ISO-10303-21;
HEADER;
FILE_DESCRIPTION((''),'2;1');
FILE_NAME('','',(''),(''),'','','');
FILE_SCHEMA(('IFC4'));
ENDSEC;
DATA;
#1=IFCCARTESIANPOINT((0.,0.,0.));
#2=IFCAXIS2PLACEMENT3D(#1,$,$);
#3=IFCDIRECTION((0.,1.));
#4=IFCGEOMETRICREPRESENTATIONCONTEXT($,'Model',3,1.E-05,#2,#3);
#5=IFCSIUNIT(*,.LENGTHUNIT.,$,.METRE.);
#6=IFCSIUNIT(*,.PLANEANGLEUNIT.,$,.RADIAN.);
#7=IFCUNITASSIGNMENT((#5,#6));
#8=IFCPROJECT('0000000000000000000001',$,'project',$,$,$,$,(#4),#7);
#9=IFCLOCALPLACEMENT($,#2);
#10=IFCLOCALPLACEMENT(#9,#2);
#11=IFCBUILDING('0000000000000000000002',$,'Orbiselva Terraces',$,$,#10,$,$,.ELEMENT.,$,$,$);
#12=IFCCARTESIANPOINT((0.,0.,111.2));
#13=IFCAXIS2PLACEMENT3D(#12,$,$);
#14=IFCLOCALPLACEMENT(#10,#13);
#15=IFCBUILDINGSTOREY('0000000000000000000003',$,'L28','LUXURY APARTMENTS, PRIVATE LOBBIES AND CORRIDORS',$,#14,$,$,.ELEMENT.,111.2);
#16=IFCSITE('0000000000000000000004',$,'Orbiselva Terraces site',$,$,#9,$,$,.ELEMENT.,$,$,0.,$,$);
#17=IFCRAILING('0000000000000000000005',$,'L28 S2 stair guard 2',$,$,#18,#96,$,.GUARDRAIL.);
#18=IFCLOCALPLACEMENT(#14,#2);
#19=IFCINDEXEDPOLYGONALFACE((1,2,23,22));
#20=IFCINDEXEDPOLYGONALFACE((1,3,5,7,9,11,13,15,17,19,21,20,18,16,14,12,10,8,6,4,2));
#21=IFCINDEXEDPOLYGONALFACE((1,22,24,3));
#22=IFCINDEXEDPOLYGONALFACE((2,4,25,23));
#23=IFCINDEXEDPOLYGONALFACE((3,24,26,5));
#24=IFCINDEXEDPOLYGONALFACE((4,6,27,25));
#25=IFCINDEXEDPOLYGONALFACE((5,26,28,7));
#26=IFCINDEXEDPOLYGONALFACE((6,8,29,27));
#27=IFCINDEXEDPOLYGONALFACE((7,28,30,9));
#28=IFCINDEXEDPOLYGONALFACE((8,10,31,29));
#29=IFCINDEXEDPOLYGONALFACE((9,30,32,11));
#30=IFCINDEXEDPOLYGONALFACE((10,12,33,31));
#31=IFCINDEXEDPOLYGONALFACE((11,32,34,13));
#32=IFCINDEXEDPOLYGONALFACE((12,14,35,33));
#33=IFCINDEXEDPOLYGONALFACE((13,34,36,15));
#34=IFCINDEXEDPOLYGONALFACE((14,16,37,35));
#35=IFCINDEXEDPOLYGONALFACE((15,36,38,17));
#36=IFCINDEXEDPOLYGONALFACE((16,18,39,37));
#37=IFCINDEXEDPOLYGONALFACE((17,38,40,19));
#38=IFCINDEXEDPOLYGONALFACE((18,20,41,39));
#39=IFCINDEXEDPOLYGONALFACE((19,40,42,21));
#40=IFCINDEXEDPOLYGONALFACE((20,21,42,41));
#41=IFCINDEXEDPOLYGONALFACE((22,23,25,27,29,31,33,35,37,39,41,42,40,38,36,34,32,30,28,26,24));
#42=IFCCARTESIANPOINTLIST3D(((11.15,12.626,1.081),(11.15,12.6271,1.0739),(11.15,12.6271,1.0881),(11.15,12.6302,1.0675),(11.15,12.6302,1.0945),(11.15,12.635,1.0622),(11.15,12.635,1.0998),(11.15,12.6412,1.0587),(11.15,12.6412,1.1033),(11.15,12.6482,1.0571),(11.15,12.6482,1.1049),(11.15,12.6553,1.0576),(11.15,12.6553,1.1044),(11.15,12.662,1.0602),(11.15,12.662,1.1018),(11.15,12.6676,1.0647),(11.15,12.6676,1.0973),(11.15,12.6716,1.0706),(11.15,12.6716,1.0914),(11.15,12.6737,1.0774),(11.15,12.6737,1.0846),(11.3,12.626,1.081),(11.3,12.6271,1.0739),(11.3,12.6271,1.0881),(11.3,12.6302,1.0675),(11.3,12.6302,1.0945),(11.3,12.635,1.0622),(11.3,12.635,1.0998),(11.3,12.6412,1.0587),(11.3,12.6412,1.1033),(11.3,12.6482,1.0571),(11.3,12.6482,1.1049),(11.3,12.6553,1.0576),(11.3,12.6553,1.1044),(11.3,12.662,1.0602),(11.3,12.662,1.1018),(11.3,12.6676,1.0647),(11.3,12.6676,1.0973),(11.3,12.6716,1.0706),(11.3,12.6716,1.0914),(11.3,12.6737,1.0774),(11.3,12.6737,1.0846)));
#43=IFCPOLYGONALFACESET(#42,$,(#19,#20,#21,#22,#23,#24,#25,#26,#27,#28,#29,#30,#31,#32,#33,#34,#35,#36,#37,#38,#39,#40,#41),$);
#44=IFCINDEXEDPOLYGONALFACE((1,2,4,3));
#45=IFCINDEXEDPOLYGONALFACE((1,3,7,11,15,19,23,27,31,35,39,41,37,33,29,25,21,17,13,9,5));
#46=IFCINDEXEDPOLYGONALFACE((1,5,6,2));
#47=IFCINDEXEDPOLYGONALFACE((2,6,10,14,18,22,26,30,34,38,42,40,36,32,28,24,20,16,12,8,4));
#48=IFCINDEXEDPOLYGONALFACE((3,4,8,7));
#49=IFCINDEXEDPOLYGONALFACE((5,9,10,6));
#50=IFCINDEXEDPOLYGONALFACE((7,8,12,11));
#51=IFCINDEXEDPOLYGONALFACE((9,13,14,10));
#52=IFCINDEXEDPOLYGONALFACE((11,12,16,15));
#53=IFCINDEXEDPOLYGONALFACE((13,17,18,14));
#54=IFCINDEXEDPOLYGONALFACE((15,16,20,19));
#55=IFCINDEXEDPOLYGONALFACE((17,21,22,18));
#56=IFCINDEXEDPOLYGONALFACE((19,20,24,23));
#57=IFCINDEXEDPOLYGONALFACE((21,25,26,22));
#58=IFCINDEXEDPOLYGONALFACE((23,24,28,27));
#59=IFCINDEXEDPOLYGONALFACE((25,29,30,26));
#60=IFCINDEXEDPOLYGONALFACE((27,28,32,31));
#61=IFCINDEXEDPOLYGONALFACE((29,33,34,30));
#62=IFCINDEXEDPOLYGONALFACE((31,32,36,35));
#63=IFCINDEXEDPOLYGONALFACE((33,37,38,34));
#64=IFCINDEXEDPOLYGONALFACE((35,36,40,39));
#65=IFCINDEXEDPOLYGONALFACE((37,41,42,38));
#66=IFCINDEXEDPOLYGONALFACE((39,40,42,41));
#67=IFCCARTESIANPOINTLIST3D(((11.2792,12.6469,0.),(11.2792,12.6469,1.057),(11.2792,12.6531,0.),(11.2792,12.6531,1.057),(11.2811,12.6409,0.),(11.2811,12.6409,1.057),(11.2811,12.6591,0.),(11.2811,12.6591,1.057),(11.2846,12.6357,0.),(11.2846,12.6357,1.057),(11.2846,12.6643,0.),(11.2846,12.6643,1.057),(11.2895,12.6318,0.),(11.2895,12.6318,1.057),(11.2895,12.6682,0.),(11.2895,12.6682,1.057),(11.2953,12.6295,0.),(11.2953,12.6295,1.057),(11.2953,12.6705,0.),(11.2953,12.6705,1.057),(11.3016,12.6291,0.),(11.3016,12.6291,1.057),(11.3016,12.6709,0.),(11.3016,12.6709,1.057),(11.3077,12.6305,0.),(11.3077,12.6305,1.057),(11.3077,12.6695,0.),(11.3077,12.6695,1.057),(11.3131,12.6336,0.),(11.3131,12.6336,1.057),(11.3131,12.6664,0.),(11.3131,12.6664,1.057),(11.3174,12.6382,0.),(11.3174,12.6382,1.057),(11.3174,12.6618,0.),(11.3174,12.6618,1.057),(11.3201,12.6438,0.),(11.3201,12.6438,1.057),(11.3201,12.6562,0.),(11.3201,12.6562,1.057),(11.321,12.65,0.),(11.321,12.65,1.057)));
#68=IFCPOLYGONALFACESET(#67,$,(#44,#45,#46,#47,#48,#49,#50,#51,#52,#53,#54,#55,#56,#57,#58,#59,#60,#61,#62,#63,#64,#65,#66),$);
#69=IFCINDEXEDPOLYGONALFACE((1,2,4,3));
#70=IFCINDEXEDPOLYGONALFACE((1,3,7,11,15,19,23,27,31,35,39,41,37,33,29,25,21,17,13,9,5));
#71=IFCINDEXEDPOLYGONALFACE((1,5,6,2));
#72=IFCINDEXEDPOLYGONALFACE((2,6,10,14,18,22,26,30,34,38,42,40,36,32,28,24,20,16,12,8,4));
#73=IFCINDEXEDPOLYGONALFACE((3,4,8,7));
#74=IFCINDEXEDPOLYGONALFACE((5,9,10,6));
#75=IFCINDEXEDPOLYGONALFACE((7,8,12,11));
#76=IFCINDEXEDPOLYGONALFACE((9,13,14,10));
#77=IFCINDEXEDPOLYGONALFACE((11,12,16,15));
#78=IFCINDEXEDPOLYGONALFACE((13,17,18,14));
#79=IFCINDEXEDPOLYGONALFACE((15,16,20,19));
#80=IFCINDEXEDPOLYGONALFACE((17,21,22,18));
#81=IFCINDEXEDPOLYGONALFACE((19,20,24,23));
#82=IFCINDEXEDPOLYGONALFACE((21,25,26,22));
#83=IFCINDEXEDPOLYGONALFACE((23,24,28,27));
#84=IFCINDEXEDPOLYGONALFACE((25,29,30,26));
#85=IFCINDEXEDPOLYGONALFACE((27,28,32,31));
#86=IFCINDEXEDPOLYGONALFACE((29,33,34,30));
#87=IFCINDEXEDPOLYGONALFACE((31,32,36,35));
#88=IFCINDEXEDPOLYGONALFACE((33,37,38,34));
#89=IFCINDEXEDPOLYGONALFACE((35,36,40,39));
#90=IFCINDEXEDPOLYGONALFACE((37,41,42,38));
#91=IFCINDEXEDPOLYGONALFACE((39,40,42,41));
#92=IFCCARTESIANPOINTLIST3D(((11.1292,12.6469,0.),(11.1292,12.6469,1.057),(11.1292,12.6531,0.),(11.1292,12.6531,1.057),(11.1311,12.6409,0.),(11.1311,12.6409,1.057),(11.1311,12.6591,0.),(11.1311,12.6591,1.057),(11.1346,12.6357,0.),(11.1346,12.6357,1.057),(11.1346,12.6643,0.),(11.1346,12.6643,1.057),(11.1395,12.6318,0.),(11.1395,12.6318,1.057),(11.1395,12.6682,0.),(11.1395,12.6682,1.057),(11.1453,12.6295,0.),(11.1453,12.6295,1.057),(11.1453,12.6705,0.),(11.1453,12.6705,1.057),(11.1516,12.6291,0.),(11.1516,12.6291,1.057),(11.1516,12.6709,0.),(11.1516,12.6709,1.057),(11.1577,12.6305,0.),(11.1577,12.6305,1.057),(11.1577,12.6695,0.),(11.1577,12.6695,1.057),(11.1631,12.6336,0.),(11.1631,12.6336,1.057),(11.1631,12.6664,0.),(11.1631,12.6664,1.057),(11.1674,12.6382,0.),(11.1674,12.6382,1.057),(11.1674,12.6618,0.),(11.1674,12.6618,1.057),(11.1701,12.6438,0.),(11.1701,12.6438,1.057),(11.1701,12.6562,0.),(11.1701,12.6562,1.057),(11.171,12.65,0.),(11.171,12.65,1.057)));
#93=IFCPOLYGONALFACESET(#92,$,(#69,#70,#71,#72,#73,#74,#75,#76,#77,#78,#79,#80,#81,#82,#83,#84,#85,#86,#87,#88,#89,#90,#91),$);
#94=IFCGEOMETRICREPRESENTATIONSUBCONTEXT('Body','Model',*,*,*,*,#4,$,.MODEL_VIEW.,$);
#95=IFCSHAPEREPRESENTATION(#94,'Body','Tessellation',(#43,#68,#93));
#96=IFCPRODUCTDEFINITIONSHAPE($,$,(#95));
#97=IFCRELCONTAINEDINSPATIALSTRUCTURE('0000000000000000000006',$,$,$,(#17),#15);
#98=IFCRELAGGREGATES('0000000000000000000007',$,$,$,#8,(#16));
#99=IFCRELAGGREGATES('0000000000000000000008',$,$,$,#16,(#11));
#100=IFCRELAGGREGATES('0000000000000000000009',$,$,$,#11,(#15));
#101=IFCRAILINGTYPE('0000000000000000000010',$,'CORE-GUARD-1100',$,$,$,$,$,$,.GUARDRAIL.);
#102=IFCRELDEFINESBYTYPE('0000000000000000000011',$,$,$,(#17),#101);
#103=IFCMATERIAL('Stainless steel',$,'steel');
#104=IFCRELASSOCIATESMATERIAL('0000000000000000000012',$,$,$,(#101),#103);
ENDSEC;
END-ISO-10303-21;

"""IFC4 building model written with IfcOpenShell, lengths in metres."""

from ifc_helpers import new_model, si_unit, direction, frame, origin, origin_2d, place, context, subcontext, project, spatial, circle, extrude, material, type_object, element, save


model = new_model("IFC4")

# Units and contexts
model_context = context("Model", 3, precision=1e-05, world=origin(), true_north=direction((0.0, 1.0)))
body_context = subcontext(model_context, "Body", "Model", "MODEL_VIEW")
ifc_project = project(units=[si_unit("LENGTHUNIT", "METRE"), si_unit("PLANEANGLEUNIT", "RADIAN")], contexts=[model_context])

# Site, building, storey
site_placement = place(None, origin())
site = spatial("IfcSite", under=ifc_project, at=site_placement, Name="Orbiselva Terraces site", CompositionType="ELEMENT", RefElevation=0.0)
building_placement = place(site_placement, origin())
building = spatial("IfcBuilding", under=site, at=building_placement, Name="Orbiselva Terraces", CompositionType="ELEMENT")
storey_placement = place(building_placement, frame((0.0, 0.0, 111.2)))
storey = spatial("IfcBuildingStorey", under=building, at=storey_placement, Name="L28", Description="LUXURY APARTMENTS, PRIVATE LOBBIES AND CORRIDORS", CompositionType="ELEMENT", Elevation=111.2)

# Railing
ifc_material_1 = material(Name="Stainless steel", Category="steel")
railing_type_1 = type_object("IfcRailingType", Name="CORE-GUARD-1100", PredefinedType="GUARDRAIL", material=ifc_material_1)
railing_1_placement = place(storey_placement, frame((11.3, 12.65, 0.0)))
element("IfcRailing", 1, at=railing_1_placement, inside=storey, type_object=railing_type_1, Name="L28 S2 stair guard 2", PredefinedType="GUARDRAIL", context=body_context, shape_type="SweptSolid", body=[
    extrude(circle(Radius=0.024, at=origin_2d()), frame((0.0, 0.0, 1.081), z_axis=(-1.0, 0.0, 0.0), x_axis=(0.0, -1.0, 0.0)), (0.0, 0.0, 1.0), 0.15),
    extrude(circle(Radius=0.021, at=origin_2d()), origin(), (0.0, 0.0, 1.0), 1.057),
    extrude(circle(Radius=0.021, at=origin_2d()), frame((-0.15, 0.0, 0.0)), (0.0, 0.0, 1.0), 1.057),
])

save(model, "model.ifc")
